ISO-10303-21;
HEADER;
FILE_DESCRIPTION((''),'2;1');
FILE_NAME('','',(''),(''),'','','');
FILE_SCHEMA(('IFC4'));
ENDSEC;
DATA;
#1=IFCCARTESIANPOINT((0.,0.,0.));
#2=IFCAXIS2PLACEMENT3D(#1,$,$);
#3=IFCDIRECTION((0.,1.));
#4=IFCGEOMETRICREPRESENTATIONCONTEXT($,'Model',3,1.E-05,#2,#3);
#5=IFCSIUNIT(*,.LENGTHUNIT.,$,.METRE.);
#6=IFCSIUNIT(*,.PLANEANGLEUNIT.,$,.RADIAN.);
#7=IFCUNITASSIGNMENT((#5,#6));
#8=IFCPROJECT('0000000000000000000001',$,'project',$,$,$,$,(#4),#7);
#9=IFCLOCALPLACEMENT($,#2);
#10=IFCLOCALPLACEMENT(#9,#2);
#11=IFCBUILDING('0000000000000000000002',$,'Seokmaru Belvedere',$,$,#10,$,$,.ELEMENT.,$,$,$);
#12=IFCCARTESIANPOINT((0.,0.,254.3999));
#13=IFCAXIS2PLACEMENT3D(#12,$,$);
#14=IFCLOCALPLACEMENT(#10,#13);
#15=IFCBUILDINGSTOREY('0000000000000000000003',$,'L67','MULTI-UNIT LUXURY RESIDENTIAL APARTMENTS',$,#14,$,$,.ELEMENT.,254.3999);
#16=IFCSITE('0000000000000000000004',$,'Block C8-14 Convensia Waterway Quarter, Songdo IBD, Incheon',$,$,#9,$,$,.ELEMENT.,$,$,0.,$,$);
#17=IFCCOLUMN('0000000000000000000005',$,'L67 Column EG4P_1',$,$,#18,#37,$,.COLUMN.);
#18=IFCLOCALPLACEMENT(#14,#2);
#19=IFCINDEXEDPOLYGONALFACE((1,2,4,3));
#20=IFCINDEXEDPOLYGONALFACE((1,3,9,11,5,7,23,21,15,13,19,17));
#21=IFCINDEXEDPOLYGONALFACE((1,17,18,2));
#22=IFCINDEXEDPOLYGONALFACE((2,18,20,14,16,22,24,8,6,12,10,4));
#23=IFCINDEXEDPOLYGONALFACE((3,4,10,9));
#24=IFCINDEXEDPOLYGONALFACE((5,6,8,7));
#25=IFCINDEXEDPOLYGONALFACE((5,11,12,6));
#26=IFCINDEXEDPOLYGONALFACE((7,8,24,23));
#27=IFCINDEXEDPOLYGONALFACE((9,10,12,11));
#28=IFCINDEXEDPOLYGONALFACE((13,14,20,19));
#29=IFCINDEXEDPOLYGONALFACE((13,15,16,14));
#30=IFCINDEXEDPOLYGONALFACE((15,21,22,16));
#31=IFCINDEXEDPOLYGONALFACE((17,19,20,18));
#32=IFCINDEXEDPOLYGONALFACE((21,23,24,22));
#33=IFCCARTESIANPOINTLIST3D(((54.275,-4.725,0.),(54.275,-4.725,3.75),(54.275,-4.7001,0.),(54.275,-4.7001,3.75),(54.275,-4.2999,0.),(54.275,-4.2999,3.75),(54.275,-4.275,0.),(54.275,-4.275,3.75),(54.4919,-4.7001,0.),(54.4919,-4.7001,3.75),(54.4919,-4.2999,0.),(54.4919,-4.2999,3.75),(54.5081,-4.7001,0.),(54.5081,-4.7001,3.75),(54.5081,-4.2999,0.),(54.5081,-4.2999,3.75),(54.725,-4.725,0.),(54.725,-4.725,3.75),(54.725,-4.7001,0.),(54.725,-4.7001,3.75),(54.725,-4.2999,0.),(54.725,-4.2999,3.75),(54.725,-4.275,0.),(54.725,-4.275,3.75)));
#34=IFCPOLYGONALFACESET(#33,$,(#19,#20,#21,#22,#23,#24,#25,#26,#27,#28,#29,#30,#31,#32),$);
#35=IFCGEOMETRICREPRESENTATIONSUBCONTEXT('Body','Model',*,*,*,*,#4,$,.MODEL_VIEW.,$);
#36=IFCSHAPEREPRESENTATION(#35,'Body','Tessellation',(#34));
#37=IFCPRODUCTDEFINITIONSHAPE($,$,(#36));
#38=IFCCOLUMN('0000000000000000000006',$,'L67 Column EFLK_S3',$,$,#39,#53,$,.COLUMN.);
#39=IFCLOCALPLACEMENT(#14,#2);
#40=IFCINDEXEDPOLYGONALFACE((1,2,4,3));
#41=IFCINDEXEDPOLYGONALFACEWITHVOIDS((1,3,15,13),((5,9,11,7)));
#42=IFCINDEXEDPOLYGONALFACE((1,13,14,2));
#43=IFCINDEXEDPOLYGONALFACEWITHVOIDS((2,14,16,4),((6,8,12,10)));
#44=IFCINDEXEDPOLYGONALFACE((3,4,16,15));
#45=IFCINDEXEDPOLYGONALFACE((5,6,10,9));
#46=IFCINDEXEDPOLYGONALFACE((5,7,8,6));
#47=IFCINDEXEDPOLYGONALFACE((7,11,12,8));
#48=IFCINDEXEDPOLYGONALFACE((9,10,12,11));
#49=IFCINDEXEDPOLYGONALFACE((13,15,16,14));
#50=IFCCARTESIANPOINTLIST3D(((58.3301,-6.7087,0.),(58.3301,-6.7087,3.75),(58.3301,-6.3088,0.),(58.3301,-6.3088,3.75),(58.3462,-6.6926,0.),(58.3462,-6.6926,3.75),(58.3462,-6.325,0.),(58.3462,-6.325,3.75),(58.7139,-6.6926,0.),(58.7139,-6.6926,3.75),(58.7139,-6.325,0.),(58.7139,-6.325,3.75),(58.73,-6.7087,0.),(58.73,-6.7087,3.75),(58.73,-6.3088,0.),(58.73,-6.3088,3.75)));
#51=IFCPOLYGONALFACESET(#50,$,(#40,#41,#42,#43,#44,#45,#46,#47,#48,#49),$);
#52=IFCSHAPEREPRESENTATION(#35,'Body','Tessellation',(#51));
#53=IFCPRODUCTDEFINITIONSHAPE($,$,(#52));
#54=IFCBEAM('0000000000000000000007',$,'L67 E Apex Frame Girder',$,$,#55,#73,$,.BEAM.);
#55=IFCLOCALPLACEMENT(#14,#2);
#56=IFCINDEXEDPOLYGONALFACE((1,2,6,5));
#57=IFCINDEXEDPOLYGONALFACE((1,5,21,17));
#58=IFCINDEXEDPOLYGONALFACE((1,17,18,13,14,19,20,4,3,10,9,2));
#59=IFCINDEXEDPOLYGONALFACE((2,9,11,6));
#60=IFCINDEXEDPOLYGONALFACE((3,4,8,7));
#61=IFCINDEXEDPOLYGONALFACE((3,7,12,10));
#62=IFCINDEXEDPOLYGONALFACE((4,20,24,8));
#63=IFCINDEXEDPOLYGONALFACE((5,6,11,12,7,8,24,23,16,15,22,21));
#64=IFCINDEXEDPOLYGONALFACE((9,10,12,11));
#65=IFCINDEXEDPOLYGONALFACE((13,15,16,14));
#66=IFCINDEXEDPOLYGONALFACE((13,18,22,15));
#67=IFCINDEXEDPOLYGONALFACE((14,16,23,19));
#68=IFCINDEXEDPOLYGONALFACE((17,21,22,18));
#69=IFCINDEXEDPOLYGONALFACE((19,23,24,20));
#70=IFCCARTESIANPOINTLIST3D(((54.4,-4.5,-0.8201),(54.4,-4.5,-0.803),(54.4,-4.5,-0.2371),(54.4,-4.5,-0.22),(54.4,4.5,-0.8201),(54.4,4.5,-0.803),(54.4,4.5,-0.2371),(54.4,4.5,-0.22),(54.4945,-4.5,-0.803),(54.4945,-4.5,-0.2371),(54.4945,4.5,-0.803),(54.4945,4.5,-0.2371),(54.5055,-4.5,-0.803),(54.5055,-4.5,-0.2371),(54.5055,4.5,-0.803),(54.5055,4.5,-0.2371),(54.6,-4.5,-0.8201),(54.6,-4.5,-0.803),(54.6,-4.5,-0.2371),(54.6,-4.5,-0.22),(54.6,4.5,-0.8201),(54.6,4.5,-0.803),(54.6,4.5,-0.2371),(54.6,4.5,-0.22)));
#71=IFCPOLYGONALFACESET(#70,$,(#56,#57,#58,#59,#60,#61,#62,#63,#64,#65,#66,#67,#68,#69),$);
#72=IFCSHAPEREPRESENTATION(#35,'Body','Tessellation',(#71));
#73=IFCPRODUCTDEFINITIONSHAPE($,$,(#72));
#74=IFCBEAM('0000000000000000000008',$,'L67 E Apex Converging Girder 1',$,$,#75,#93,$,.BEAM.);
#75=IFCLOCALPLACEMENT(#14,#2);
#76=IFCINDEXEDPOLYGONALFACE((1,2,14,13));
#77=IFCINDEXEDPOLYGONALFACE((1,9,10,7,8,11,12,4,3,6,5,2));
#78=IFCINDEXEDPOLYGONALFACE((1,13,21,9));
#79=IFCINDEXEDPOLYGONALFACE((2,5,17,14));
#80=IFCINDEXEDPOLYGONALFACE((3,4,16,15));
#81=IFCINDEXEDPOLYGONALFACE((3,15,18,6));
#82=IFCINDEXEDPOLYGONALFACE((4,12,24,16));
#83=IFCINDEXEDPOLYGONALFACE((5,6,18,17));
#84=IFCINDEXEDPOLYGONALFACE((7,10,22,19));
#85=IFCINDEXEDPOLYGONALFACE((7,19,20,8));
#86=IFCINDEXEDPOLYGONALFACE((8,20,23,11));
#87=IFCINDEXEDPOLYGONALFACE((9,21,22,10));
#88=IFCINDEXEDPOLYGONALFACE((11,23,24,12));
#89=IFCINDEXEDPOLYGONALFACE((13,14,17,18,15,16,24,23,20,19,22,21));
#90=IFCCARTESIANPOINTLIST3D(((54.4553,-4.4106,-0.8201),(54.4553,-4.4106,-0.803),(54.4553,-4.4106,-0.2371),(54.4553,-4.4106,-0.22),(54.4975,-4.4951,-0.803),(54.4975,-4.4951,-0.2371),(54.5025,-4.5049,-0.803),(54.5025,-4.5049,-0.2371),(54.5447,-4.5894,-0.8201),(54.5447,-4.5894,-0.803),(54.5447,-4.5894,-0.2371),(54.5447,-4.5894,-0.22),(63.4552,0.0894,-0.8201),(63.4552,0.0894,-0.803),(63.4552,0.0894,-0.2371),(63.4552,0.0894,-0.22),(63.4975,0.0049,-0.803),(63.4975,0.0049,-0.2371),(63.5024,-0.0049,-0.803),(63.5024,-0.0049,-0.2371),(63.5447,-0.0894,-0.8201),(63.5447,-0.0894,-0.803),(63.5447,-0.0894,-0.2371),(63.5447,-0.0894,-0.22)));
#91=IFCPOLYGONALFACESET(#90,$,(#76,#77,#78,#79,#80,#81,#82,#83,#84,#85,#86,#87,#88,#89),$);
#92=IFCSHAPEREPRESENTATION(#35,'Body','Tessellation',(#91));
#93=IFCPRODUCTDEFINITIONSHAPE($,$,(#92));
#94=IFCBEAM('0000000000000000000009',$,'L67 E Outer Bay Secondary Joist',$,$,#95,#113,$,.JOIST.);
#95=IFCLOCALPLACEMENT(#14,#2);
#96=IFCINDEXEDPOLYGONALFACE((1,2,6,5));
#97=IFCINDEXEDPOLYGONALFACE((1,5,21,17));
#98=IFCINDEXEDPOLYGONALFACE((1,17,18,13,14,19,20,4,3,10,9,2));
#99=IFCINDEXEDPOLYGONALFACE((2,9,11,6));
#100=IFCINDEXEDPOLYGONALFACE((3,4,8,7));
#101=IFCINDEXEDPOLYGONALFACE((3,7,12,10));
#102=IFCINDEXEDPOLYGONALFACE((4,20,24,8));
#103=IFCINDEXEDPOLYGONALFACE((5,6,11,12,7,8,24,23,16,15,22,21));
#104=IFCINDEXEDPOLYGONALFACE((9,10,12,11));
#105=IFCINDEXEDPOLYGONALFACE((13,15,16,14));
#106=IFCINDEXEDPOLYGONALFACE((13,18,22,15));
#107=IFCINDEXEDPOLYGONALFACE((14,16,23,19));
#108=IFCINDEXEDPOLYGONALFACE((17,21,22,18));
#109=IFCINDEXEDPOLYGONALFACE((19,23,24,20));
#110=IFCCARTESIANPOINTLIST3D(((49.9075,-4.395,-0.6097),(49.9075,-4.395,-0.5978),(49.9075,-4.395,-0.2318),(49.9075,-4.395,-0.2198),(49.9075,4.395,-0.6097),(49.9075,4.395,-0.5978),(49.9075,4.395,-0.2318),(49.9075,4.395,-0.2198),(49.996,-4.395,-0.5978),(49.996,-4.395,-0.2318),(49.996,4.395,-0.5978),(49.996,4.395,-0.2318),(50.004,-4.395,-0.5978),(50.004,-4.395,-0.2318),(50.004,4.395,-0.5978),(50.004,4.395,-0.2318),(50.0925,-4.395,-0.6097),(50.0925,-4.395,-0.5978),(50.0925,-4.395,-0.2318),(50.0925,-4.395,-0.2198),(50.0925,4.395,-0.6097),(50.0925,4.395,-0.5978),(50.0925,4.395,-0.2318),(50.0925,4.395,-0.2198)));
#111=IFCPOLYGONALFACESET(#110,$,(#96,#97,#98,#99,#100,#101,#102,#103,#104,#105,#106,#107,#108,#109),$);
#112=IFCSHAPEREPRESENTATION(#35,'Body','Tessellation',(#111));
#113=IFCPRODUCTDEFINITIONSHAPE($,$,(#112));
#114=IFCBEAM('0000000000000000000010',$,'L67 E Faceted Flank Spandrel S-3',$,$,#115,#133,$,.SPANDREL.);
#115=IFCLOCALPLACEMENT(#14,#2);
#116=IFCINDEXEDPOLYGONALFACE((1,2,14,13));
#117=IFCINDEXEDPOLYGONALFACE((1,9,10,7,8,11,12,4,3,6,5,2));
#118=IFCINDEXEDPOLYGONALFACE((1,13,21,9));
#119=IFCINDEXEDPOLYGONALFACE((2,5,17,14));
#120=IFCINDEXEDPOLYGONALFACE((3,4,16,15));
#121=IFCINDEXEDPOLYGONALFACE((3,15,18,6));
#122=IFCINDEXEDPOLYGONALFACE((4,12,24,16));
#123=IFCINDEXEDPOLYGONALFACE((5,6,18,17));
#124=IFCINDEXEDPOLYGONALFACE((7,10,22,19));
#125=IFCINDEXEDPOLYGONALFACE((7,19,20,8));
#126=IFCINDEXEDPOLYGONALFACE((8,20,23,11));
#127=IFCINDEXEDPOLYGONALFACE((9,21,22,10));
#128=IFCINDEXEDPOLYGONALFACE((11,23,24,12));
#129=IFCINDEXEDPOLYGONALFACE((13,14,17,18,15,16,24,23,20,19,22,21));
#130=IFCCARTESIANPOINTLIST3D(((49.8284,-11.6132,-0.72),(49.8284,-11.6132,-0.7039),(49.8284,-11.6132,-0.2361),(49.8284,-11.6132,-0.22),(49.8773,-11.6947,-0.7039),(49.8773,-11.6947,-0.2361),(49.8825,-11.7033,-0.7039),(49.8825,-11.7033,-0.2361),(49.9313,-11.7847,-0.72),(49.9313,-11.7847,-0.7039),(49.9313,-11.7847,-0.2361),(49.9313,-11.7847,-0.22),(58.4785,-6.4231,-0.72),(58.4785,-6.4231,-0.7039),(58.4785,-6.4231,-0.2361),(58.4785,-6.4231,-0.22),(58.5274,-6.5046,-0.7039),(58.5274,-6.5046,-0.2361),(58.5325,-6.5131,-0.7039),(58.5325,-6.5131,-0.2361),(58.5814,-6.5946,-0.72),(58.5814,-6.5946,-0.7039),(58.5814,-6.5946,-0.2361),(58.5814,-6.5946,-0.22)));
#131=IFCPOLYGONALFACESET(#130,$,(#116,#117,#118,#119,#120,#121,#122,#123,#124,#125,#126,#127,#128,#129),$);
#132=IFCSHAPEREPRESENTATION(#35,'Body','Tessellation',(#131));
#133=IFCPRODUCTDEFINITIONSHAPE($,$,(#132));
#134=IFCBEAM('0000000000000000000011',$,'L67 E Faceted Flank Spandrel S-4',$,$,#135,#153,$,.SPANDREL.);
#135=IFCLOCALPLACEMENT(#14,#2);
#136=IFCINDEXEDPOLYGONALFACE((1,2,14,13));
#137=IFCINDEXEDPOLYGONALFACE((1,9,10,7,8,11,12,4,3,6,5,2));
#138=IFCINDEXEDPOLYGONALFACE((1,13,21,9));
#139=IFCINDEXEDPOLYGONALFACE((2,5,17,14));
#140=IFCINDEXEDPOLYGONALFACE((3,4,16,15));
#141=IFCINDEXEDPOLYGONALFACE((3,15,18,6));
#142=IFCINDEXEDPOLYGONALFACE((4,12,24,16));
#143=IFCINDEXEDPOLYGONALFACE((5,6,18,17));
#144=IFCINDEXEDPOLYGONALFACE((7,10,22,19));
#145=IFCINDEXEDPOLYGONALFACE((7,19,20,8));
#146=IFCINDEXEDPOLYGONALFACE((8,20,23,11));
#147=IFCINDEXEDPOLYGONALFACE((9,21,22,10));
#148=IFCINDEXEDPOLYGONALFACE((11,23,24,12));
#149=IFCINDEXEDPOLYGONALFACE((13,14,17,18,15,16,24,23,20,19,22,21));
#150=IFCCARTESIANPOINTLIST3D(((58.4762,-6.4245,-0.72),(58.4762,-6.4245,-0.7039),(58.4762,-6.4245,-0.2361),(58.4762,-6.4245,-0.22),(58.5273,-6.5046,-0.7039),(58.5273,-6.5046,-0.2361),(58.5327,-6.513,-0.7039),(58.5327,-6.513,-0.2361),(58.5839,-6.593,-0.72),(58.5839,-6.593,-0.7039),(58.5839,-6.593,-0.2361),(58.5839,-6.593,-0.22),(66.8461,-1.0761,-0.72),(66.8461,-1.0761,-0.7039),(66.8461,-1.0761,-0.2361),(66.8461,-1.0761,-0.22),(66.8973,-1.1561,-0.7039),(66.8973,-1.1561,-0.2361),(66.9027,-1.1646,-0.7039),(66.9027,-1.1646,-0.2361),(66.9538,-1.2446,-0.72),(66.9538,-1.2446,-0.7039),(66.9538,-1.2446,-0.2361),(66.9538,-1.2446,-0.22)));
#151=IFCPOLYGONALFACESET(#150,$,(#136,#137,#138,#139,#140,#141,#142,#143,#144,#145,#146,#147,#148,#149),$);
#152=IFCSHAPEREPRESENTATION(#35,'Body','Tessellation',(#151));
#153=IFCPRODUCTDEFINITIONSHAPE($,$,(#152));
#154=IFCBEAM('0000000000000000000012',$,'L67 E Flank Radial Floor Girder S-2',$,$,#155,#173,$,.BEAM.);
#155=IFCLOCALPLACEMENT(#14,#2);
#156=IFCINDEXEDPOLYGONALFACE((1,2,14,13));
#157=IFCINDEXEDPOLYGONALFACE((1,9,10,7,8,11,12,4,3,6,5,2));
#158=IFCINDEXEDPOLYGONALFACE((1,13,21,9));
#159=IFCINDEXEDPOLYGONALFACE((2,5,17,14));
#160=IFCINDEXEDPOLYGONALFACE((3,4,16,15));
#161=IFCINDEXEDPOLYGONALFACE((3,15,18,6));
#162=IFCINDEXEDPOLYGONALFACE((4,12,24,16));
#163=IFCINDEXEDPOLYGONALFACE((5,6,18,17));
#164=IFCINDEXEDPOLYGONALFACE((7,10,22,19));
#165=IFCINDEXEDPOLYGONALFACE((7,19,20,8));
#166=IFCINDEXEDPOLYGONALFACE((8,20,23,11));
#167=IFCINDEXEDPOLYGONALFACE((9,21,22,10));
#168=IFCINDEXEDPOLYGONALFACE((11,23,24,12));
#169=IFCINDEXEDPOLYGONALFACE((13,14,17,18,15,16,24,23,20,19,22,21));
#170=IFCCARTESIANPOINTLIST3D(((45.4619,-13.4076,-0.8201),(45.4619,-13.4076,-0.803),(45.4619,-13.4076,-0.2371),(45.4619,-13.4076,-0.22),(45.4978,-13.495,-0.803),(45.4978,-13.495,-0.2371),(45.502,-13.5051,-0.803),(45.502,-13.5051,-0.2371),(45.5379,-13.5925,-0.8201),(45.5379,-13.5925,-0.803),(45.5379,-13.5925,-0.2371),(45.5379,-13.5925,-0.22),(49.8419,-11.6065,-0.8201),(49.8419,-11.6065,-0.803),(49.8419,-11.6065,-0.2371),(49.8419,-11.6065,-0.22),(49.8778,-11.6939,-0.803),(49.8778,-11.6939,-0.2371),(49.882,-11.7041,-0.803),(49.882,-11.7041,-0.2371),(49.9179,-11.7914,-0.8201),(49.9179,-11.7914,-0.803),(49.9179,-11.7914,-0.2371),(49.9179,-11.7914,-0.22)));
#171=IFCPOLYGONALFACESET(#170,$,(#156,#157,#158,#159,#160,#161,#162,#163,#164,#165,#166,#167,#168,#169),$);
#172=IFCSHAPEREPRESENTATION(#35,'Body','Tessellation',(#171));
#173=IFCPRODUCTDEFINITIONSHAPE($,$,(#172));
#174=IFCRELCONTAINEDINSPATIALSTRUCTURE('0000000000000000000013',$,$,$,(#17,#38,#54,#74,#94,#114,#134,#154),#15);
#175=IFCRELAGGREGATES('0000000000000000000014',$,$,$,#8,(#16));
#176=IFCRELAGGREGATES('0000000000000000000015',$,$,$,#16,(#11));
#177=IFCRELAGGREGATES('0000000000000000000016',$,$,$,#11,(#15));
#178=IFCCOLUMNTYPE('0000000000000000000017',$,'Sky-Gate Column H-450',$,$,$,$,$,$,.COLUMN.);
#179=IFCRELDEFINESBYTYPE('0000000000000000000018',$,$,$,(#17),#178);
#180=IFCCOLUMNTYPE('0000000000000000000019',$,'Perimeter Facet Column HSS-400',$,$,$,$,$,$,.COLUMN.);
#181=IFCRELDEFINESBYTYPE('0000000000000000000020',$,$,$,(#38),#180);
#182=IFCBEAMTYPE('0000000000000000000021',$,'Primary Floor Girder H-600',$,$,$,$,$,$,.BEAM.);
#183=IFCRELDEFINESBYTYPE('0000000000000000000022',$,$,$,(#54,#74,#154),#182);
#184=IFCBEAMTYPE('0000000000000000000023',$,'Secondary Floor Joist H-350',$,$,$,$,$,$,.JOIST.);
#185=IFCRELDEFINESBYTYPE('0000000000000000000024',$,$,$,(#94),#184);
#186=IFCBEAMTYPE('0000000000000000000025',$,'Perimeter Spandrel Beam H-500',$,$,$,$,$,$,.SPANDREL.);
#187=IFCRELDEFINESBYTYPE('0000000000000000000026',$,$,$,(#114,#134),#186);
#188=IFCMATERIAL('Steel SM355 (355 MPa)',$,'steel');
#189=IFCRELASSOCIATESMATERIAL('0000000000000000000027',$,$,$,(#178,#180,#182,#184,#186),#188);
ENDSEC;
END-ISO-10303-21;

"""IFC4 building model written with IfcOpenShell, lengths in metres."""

from ifc_helpers import new_model, si_unit, direction, frame, origin, origin_2d, place, context, subcontext, project, spatial, hollow_rectangle, i_section, extrude, source, transform, mapped, material, material_profile, profile_set, type_object, type_shapes, element, save


model = new_model("IFC4")

# Units and contexts
model_context = context("Model", 3, precision=1e-05, world=origin(), true_north=direction((0.0, 1.0)))
body_context = subcontext(model_context, "Body", "Model", "MODEL_VIEW")
ifc_project = project(units=[si_unit("LENGTHUNIT", "METRE"), si_unit("PLANEANGLEUNIT", "RADIAN")], contexts=[model_context])

# Site, building, storey
site_placement = place(None, origin())
site = spatial("IfcSite", under=ifc_project, at=site_placement, Name="Block C8-14 Convensia Waterway Quarter, Songdo IBD, Incheon", CompositionType="ELEMENT", RefElevation=0.0)
building_placement = place(site_placement, origin())
building = spatial("IfcBuilding", under=site, at=building_placement, Name="Seokmaru Belvedere", CompositionType="ELEMENT")
storey_placement = place(building_placement, frame((0.0, 0.0, 254.3999)))
storey = spatial("IfcBuildingStorey", under=building, at=storey_placement, Name="L67", Description="MULTI-UNIT LUXURY RESIDENTIAL APARTMENTS", CompositionType="ELEMENT", Elevation=254.3999)

# Columns
ifc_material_1 = material(Name="Steel SM355 (355 MPa)", Category="steel")
ifc_material_profile_1 = material_profile(ifc_material_1, i_section(OverallWidth=0.45, OverallDepth=0.45, WebThickness=0.0161, FlangeThickness=0.0249, at=origin_2d()), Name="H-450x450x16x25")
ifc_profile_set_1 = profile_set([ifc_material_profile_1], Name="Steel SM355 (355 MPa)")
column_type_1 = type_object("IfcColumnType", Name="Sky-Gate Column H-450", PredefinedType="COLUMN", material=ifc_profile_set_1)
shared_shape_1 = source(origin(), body_context, "Body", "SweptSolid", [
    extrude(i_section(OverallWidth=0.45, OverallDepth=0.45, WebThickness=0.0161, FlangeThickness=0.0249, at=origin_2d()), origin(), (0.0, 0.0, 1.0), 3.75),
])
type_shapes(column_type_1, [shared_shape_1])
column_1_placement = place(storey_placement, frame((54.5, -4.5, 0.0), z_axis=(0.0, 0.0, 1.0), x_axis=(1.0, 0.0, 0.0)))
element("IfcColumn", 1, at=column_1_placement, inside=storey, type_object=column_type_1, Name="L67 Column EG4P_1", PredefinedType="COLUMN", context=body_context, shape_type="MappedRepresentation", body=[
    mapped(shared_shape_1, transform((0.0, 0.0, 0.0), scale=1.0)),
])
ifc_material_profile_2 = material_profile(ifc_material_1, hollow_rectangle(XDim=0.3999, YDim=0.3999, WallThickness=0.0161, at=origin_2d()), Name="HSS-400x400x16")
ifc_profile_set_2 = profile_set([ifc_material_profile_2], Name="Steel SM355 (355 MPa)")
column_type_2 = type_object("IfcColumnType", Name="Perimeter Facet Column HSS-400", PredefinedType="COLUMN", material=ifc_profile_set_2)
shared_shape_2 = source(origin(), body_context, "Body", "SweptSolid", [
    extrude(hollow_rectangle(XDim=0.3999, YDim=0.3999, WallThickness=0.0161, at=origin_2d()), origin(), (0.0, 0.0, 1.0), 3.75),
])
type_shapes(column_type_2, [shared_shape_2])
column_2_placement = place(storey_placement, frame((58.53, -6.5088, 0.0), z_axis=(0.0, 0.0, 1.0), x_axis=(1.0, 0.0, 0.0)))
element("IfcColumn", 2, at=column_2_placement, inside=storey, type_object=column_type_2, Name="L67 Column EFLK_S3", PredefinedType="COLUMN", context=body_context, shape_type="MappedRepresentation", body=[
    mapped(shared_shape_2, transform((0.0, 0.0, 0.0), scale=1.0)),
])

# Beams
ifc_material_profile_3 = material_profile(ifc_material_1, i_section(OverallWidth=0.2, OverallDepth=0.6001, WebThickness=0.011, FlangeThickness=0.0171, at=origin_2d()), Name="H-600x200x11x17")
ifc_profile_set_3 = profile_set([ifc_material_profile_3], Name="Steel SM355 (355 MPa)")
beam_type_1 = type_object("IfcBeamType", Name="Primary Floor Girder H-600", PredefinedType="BEAM", material=ifc_profile_set_3)
shared_shape_3 = source(origin(), body_context, "Body", "SweptSolid", [
    extrude(i_section(OverallWidth=0.2, OverallDepth=0.6001, WebThickness=0.011, FlangeThickness=0.0171, at=origin_2d()), origin(), (0.0, 0.0, 1.0), 9.0),
])
beam_1_placement = place(storey_placement, frame((54.5, -4.5, -0.52), z_axis=(0.0, 1.0, 0.0), x_axis=(-1.0, 0.0, 0.0)))
element("IfcBeam", 3, at=beam_1_placement, inside=storey, type_object=beam_type_1, Name="L67 E Apex Frame Girder", PredefinedType="BEAM", context=body_context, shape_type="MappedRepresentation", body=[
    mapped(shared_shape_3, transform((0.0, 0.0, 0.0), scale=1.0)),
])
shared_shape_4 = source(origin(), body_context, "Body", "SweptSolid", [
    extrude(i_section(OverallWidth=0.2, OverallDepth=0.6001, WebThickness=0.011, FlangeThickness=0.0171, at=origin_2d()), origin(), (0.0, 0.0, 1.0), 10.0623),
])
beam_2_placement = place(storey_placement, frame((54.5, -4.5, -0.52), z_axis=(0.894427, 0.447214, 0.0), x_axis=(-0.447214, 0.894427, 0.0)))
element("IfcBeam", 4, at=beam_2_placement, inside=storey, type_object=beam_type_1, Name="L67 E Apex Converging Girder 1", PredefinedType="BEAM", context=body_context, shape_type="MappedRepresentation", body=[
    mapped(shared_shape_4, transform((0.0, 0.0, 0.0), scale=1.0)),
])
ifc_material_profile_4 = material_profile(ifc_material_1, i_section(OverallWidth=0.1851, OverallDepth=0.3899, WebThickness=0.0081, FlangeThickness=0.012, at=origin_2d()), Name="H-390x185x8x12")
ifc_profile_set_4 = profile_set([ifc_material_profile_4], Name="Steel SM355 (355 MPa)")
beam_type_2 = type_object("IfcBeamType", Name="Secondary Floor Joist H-350", PredefinedType="JOIST", material=ifc_profile_set_4)
shared_shape_5 = source(origin(), body_context, "Body", "SweptSolid", [
    extrude(i_section(OverallWidth=0.1851, OverallDepth=0.3899, WebThickness=0.0081, FlangeThickness=0.012, at=origin_2d()), origin(), (0.0, 0.0, 1.0), 8.79),
])
type_shapes(beam_type_2, [shared_shape_5])
beam_3_placement = place(storey_placement, frame((50.0, -4.395, -0.4148), z_axis=(0.0, 1.0, 0.0), x_axis=(-1.0, 0.0, 0.0)))
element("IfcBeam", 5, at=beam_3_placement, inside=storey, type_object=beam_type_2, Name="L67 E Outer Bay Secondary Joist", PredefinedType="JOIST", context=body_context, shape_type="MappedRepresentation", body=[
    mapped(shared_shape_5, transform((0.0, 0.0, 0.0), scale=1.0)),
])
ifc_material_profile_5 = material_profile(ifc_material_1, i_section(OverallWidth=0.2, OverallDepth=0.5, WebThickness=0.01, FlangeThickness=0.0161, at=origin_2d()), Name="H-500x200x10x16")
ifc_profile_set_5 = profile_set([ifc_material_profile_5], Name="Steel SM355 (355 MPa)")
beam_type_3 = type_object("IfcBeamType", Name="Perimeter Spandrel Beam H-500", PredefinedType="SPANDREL", material=ifc_profile_set_5)
shared_shape_6 = source(origin(), body_context, "Body", "SweptSolid", [
    extrude(i_section(OverallWidth=0.2, OverallDepth=0.5, WebThickness=0.01, FlangeThickness=0.0161, at=origin_2d()), origin(), (0.0, 0.0, 1.0), 10.0876),
])
beam_4_placement = place(storey_placement, frame((49.8799, -11.699, -0.47), z_axis=(0.857489, 0.514503, 0.0), x_axis=(-0.514503, 0.857489, 0.0)))
element("IfcBeam", 6, at=beam_4_placement, inside=storey, type_object=beam_type_3, Name="L67 E Faceted Flank Spandrel S-3", PredefinedType="SPANDREL", context=body_context, shape_type="MappedRepresentation", body=[
    mapped(shared_shape_6, transform((0.0, 0.0, 0.0), scale=1.0)),
])
shared_shape_7 = source(origin(), body_context, "Body", "SweptSolid", [
    extrude(i_section(OverallWidth=0.2, OverallDepth=0.5, WebThickness=0.01, FlangeThickness=0.0161, at=origin_2d()), origin(), (0.0, 0.0, 1.0), 9.9329),
])
type_shapes(beam_type_3, [shared_shape_6, shared_shape_7])
beam_5_placement = place(storey_placement, frame((58.53, -6.5088, -0.47), z_axis=(0.842652, 0.538459, 0.0), x_axis=(-0.538459, 0.842652, 0.0)))
element("IfcBeam", 7, at=beam_5_placement, inside=storey, type_object=beam_type_3, Name="L67 E Faceted Flank Spandrel S-4", PredefinedType="SPANDREL", context=body_context, shape_type="MappedRepresentation", body=[
    mapped(shared_shape_7, transform((0.0, 0.0, 0.0), scale=1.0)),
])
shared_shape_8 = source(origin(), body_context, "Body", "SweptSolid", [
    extrude(i_section(OverallWidth=0.2, OverallDepth=0.6001, WebThickness=0.011, FlangeThickness=0.0171, at=origin_2d()), origin(), (0.0, 0.0, 1.0), 4.7358),
])
beam_6_placement = place(storey_placement, frame((49.8799, -11.699, -0.52), z_axis=(-0.924861, -0.380306, 0.0), x_axis=(0.380306, -0.924861, 0.0)))
element("IfcBeam", 8, at=beam_6_placement, inside=storey, type_object=beam_type_1, Name="L67 E Flank Radial Floor Girder S-2", PredefinedType="BEAM", context=body_context, shape_type="MappedRepresentation", body=[
    mapped(shared_shape_8, transform((0.0, 0.0, 0.0), scale=1.0)),
])

save(model, "model.ifc")
